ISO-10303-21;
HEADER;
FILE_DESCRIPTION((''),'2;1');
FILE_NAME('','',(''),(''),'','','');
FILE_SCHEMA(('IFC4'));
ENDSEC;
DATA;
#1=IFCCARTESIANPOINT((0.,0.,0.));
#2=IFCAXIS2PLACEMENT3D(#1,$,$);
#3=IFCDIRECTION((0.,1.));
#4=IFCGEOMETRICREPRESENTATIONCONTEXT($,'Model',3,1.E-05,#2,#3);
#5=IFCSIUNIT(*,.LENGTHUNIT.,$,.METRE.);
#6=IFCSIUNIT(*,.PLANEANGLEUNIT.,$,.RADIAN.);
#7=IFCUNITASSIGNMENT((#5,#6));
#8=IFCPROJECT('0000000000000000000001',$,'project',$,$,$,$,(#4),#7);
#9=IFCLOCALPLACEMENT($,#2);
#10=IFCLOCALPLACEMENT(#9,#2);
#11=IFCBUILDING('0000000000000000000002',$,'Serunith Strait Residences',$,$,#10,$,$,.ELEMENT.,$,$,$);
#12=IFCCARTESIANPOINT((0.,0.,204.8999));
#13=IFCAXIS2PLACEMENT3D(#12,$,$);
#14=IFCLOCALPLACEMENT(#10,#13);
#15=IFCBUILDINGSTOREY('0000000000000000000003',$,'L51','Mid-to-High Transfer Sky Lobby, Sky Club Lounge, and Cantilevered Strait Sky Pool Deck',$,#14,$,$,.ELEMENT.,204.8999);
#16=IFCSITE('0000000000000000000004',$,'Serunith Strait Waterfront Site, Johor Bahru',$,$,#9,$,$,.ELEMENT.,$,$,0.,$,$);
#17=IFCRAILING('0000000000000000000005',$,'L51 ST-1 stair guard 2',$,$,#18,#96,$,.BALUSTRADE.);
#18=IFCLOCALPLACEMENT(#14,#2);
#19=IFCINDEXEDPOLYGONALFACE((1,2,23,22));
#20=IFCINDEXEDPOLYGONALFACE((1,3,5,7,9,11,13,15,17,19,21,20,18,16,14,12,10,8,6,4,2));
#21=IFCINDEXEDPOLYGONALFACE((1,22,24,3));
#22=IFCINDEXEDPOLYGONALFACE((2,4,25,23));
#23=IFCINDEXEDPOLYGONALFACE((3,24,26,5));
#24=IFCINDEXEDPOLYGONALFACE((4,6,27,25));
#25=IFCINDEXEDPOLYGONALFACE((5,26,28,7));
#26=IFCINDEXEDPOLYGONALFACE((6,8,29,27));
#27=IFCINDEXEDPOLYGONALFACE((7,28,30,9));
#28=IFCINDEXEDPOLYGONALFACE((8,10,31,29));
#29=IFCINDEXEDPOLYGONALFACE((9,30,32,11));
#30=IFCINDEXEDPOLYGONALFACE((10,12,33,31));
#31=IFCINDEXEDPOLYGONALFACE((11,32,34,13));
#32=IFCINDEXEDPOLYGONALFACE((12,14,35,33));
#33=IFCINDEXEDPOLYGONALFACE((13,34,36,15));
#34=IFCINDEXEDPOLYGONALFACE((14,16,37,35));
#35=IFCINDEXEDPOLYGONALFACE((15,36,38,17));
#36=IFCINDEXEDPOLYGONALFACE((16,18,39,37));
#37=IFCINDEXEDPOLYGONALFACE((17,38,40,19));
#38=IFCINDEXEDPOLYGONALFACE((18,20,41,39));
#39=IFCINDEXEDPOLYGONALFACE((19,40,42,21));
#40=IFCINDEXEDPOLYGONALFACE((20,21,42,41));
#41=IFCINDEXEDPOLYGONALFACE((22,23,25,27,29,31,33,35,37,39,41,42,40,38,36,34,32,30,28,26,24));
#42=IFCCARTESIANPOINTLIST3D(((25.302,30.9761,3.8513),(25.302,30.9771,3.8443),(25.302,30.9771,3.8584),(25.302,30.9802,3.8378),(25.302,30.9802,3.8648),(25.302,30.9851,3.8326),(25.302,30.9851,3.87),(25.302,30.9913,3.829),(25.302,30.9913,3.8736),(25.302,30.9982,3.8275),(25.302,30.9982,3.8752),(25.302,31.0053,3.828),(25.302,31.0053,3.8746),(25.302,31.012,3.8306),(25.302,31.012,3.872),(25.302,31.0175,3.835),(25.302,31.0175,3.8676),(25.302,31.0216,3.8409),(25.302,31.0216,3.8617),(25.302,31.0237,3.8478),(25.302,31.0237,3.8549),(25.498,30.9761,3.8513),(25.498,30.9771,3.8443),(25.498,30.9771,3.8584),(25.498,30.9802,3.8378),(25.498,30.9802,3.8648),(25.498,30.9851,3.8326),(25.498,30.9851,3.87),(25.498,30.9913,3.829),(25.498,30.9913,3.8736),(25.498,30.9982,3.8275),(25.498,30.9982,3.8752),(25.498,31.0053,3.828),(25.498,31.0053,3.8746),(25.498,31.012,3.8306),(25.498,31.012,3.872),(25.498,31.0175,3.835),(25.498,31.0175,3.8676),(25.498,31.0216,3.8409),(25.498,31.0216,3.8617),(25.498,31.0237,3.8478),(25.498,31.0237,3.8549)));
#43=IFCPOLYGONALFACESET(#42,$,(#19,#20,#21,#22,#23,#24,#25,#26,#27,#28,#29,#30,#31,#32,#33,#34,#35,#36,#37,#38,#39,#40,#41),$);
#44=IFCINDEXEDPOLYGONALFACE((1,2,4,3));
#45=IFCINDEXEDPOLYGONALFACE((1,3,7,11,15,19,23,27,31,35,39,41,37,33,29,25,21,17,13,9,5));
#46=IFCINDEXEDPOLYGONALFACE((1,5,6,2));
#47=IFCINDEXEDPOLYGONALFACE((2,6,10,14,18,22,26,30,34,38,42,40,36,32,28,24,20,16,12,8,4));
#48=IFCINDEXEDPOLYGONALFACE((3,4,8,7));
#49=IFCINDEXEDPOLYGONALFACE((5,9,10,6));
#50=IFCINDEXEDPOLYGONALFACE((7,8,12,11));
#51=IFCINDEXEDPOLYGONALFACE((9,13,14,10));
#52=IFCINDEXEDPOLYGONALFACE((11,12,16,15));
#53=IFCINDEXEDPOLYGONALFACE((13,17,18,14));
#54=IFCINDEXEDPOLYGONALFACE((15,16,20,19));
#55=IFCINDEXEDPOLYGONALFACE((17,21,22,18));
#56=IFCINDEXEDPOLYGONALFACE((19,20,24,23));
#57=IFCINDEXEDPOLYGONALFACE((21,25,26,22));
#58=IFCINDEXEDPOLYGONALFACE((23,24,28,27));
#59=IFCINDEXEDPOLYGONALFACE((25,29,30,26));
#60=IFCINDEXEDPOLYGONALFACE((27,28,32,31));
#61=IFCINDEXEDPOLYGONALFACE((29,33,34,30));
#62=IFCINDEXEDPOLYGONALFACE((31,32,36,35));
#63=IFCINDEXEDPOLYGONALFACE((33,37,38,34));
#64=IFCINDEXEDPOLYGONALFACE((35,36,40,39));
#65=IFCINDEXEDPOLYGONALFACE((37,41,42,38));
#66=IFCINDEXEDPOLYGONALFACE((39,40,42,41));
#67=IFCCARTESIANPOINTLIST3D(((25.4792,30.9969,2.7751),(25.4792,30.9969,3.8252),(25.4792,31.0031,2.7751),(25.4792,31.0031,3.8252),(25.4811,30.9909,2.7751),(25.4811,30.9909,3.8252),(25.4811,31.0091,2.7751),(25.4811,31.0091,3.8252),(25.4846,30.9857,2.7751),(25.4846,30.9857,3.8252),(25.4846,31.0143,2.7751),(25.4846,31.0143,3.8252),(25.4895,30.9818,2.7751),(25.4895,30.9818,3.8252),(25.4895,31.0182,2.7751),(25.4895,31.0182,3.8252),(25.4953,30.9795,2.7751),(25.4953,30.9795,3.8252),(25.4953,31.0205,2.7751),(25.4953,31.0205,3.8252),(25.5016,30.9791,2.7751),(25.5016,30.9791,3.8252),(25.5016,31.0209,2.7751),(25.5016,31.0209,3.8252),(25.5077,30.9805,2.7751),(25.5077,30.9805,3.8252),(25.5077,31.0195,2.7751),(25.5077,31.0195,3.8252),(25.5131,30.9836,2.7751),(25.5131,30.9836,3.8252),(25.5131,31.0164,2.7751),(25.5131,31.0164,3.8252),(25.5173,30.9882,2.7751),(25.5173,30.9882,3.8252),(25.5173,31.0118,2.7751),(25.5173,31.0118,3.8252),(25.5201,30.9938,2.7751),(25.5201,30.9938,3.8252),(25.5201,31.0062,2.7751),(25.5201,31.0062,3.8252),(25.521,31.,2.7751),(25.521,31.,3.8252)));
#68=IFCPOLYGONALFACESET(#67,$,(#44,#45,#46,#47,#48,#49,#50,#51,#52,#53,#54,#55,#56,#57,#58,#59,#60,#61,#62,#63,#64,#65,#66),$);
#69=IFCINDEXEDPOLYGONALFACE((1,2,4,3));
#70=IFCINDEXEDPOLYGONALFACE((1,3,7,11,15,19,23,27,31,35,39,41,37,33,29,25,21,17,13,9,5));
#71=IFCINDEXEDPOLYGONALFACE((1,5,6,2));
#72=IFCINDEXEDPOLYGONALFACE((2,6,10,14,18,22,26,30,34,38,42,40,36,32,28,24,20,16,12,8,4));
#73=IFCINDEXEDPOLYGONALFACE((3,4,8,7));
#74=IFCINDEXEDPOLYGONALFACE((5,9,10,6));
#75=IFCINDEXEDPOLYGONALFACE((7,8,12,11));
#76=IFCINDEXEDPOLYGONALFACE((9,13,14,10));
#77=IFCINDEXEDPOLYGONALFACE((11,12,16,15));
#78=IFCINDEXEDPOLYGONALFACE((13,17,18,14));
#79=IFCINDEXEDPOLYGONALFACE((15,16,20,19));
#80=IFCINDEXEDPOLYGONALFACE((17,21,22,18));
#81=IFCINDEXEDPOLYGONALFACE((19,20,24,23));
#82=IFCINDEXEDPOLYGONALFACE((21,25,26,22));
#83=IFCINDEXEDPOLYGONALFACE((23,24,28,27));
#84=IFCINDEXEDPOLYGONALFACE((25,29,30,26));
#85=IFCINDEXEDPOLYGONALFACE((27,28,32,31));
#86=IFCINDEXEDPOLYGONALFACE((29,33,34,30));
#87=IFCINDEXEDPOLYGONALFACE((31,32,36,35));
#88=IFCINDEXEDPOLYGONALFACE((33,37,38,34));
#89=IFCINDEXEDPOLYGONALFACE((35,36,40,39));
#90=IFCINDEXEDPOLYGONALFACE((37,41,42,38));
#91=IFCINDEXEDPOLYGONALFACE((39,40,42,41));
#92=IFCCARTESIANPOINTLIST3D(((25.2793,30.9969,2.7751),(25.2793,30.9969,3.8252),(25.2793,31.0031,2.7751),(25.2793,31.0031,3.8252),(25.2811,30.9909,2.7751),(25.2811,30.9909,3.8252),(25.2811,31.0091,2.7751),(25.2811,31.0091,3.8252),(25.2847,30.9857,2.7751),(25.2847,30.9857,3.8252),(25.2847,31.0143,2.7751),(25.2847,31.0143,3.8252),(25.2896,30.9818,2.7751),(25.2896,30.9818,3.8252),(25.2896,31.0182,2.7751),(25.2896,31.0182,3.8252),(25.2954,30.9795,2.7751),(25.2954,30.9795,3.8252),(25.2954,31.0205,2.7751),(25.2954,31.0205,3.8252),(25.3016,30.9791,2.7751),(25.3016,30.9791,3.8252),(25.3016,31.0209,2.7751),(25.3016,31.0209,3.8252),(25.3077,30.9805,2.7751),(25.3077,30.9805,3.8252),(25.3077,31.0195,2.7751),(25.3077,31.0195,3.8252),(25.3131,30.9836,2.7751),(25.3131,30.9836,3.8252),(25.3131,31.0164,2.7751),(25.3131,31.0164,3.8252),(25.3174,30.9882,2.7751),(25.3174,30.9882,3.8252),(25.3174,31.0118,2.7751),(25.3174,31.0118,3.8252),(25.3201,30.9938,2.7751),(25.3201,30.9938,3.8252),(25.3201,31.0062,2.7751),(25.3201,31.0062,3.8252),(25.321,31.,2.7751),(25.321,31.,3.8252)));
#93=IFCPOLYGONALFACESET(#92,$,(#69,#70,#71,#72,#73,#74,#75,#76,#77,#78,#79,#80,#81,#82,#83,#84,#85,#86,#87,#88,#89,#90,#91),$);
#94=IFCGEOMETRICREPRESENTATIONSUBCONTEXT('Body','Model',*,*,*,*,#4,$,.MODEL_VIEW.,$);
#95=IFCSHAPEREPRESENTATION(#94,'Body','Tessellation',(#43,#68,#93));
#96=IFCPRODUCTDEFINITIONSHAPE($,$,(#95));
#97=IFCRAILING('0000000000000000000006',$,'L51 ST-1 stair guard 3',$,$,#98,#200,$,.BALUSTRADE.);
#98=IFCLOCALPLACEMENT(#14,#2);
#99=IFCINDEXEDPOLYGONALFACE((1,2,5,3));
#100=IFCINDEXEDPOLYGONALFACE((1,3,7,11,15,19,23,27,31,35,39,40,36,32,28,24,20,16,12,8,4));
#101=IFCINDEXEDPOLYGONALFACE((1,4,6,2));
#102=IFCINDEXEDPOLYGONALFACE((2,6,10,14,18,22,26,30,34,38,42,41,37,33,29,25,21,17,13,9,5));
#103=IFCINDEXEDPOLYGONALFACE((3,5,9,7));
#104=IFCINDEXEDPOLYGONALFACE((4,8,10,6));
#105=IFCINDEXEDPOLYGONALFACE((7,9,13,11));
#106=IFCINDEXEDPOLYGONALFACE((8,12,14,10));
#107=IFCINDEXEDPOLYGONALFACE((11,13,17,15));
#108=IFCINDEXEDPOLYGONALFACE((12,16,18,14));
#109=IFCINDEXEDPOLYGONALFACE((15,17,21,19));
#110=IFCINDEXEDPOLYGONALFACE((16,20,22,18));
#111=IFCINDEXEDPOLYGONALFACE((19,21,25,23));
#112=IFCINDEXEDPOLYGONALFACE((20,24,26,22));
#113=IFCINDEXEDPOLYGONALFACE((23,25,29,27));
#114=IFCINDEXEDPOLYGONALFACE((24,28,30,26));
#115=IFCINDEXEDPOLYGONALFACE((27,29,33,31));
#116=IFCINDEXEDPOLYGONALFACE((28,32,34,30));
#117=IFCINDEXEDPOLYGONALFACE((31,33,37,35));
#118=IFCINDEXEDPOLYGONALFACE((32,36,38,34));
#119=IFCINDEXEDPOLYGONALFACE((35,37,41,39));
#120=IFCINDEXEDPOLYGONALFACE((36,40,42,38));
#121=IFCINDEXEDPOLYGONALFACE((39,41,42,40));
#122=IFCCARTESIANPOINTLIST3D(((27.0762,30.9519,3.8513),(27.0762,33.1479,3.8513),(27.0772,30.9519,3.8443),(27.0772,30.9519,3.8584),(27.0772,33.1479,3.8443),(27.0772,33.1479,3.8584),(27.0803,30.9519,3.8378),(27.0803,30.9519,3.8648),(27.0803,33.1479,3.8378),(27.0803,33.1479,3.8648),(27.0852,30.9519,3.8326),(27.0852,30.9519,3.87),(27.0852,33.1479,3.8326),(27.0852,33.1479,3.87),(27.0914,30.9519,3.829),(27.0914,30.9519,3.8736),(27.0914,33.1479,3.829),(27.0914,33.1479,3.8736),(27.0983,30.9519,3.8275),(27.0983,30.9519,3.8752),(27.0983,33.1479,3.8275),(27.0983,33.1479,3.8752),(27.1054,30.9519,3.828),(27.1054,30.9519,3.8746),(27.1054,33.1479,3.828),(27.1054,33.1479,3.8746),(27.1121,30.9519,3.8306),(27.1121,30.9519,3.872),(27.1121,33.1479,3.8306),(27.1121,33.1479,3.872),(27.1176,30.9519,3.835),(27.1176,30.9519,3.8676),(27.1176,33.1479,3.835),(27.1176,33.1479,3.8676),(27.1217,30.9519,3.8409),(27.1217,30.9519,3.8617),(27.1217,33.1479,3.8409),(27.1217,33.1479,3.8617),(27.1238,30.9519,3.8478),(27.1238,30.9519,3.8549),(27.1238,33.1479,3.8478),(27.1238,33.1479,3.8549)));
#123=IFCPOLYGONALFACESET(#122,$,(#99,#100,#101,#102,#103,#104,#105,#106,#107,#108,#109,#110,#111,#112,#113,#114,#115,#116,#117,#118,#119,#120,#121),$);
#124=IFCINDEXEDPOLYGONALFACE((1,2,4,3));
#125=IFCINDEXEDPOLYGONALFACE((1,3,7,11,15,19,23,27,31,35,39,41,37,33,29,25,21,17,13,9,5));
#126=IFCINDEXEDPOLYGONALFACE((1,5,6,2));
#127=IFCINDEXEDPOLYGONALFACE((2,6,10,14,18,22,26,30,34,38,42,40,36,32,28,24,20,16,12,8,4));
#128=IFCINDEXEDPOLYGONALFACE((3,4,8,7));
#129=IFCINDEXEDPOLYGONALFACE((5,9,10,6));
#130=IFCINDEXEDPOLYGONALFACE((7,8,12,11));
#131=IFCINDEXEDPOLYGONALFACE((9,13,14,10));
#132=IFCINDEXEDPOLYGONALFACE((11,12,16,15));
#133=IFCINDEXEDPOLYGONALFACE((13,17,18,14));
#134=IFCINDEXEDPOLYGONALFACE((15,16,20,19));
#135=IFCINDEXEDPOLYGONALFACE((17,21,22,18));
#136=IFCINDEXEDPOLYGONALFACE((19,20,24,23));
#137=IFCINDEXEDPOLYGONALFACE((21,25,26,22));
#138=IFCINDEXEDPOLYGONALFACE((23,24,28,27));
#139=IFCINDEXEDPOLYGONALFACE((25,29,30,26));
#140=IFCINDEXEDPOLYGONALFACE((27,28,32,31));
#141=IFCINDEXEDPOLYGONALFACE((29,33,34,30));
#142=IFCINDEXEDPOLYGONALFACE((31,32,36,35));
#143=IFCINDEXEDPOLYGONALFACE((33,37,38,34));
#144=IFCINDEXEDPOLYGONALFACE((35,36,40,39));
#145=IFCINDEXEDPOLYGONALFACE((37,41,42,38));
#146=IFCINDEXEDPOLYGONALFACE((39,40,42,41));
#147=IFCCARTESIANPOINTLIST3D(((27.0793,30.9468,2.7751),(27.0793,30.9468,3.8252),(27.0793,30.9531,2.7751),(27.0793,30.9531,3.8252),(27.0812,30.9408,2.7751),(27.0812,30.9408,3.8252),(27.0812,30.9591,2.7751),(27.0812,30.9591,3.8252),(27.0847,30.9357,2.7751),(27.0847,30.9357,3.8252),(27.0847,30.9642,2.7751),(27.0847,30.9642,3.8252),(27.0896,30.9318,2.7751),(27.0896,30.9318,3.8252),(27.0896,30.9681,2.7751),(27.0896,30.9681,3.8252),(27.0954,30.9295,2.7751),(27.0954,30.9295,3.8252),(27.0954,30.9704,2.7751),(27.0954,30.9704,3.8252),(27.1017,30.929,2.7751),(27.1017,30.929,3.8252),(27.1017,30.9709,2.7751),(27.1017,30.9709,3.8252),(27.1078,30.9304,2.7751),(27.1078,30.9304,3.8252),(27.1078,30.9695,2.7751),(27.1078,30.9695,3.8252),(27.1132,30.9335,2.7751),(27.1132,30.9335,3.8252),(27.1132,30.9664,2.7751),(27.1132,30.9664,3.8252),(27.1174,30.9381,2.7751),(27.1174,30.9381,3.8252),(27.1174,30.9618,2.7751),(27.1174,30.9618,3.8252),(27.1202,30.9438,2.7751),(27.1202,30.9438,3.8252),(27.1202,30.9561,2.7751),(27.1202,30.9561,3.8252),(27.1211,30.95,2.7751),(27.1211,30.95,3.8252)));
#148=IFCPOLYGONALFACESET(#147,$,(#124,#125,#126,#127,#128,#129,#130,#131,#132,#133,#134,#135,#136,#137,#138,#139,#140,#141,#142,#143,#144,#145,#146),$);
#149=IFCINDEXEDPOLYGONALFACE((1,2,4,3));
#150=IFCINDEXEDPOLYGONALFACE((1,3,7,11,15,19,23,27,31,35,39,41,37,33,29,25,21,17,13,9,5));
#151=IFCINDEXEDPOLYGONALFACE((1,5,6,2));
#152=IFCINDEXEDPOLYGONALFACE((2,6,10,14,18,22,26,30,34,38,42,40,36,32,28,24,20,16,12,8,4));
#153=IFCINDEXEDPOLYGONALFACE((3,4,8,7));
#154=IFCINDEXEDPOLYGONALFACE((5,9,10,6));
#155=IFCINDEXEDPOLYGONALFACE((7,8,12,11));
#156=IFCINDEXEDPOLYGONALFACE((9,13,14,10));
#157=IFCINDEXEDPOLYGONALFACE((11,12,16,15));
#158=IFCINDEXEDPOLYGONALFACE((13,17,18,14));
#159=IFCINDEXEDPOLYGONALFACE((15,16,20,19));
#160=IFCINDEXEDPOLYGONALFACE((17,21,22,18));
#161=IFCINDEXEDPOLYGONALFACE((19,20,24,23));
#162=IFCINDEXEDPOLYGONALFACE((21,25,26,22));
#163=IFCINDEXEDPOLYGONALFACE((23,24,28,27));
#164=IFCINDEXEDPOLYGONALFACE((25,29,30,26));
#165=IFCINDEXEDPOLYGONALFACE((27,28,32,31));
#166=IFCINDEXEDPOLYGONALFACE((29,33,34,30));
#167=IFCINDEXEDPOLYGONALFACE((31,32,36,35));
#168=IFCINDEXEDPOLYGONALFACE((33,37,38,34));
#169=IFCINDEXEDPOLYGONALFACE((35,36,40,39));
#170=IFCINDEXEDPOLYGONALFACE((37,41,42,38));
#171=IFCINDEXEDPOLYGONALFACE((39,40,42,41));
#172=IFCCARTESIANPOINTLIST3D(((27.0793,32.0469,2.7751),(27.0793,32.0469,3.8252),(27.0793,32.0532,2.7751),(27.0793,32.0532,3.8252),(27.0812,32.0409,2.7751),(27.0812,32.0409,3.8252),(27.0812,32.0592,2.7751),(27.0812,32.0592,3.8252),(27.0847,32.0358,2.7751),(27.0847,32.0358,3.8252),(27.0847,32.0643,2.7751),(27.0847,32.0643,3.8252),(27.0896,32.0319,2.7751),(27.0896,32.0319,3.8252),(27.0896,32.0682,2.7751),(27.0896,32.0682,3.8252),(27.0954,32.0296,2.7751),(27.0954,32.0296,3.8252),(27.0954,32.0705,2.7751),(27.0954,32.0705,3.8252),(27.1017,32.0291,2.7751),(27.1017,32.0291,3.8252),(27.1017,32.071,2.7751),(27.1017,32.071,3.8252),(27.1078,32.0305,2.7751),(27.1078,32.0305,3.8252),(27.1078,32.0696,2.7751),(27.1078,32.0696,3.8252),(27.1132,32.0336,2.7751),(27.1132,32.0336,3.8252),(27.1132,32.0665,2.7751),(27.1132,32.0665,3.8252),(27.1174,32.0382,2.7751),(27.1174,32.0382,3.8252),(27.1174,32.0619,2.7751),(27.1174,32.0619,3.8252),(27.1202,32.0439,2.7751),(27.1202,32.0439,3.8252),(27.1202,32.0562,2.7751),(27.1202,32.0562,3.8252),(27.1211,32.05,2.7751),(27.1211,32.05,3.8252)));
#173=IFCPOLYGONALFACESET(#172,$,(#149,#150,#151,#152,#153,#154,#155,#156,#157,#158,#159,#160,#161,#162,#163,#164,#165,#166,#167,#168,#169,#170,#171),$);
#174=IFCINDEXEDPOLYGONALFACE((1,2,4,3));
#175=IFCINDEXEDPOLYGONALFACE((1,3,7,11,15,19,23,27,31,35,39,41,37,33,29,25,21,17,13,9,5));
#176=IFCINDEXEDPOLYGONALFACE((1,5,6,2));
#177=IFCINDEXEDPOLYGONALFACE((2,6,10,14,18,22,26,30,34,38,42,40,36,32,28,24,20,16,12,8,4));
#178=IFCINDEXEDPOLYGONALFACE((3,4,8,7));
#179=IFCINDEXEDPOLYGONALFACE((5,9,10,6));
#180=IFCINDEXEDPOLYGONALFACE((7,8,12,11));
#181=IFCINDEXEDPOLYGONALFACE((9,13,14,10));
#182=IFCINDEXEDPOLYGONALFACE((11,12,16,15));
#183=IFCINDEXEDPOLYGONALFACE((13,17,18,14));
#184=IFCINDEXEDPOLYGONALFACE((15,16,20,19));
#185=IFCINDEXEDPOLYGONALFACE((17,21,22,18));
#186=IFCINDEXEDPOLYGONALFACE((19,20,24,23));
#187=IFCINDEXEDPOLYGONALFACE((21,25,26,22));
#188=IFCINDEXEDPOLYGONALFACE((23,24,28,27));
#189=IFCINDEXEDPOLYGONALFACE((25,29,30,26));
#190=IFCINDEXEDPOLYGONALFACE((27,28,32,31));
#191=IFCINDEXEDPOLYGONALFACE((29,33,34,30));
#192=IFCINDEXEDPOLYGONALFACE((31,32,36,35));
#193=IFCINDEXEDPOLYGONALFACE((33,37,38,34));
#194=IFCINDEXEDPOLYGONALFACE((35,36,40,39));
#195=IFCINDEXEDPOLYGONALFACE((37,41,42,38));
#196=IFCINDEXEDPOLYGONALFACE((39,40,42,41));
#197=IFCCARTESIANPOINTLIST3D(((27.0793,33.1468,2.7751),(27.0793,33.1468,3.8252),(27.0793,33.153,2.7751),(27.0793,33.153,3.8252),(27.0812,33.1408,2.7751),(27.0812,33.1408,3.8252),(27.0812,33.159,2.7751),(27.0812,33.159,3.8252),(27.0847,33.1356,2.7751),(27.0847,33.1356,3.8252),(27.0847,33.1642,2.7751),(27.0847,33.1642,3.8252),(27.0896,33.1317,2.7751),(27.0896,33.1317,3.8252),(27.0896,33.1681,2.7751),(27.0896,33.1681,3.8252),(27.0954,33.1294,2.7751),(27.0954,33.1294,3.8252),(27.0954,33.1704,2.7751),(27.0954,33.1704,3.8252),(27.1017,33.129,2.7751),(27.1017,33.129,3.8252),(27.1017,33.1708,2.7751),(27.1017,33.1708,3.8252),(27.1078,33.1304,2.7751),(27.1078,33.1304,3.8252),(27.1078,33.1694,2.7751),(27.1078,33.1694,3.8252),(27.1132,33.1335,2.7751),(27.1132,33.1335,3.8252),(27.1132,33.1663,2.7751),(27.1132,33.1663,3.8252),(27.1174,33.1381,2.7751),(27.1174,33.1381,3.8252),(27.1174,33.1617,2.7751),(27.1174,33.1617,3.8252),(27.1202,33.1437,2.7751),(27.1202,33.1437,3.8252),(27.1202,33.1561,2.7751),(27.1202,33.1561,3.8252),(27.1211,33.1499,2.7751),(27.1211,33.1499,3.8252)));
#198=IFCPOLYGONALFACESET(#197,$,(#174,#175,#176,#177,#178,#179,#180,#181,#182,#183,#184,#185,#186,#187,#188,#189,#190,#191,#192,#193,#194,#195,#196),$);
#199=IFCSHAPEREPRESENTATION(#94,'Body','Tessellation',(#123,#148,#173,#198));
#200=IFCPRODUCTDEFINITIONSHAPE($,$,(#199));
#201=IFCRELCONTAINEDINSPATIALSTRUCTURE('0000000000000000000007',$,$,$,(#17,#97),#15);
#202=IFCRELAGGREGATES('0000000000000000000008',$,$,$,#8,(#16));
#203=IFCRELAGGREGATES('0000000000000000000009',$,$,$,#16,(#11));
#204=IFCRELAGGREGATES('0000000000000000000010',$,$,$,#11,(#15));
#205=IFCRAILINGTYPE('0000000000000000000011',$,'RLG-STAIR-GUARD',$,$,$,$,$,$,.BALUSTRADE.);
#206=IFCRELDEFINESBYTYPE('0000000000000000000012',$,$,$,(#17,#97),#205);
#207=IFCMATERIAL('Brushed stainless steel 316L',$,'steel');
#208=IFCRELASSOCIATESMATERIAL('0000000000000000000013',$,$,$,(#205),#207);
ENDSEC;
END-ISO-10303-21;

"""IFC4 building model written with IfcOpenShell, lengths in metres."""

from ifc_helpers import new_model, si_unit, direction, frame, origin, origin_2d, place, context, subcontext, project, spatial, circle, extrude, material, type_object, element, save


model = new_model("IFC4")

# Units and contexts
model_context = context("Model", 3, precision=1e-05, world=origin(), true_north=direction((0.0, 1.0)))
body_context = subcontext(model_context, "Body", "Model", "MODEL_VIEW")
ifc_project = project(units=[si_unit("LENGTHUNIT", "METRE"), si_unit("PLANEANGLEUNIT", "RADIAN")], contexts=[model_context])

# Site, building, storey
site_placement = place(None, origin())
site = spatial("IfcSite", under=ifc_project, at=site_placement, Name="Serunith Strait Waterfront Site, Johor Bahru", CompositionType="ELEMENT", RefElevation=0.0)
building_placement = place(site_placement, origin())
building = spatial("IfcBuilding", under=site, at=building_placement, Name="Serunith Strait Residences", CompositionType="ELEMENT")
storey_placement = place(building_placement, frame((0.0, 0.0, 204.8999)))
storey = spatial("IfcBuildingStorey", under=building, at=storey_placement, Name="L51", Description="Mid-to-High Transfer Sky Lobby, Sky Club Lounge, and Cantilevered Strait Sky Pool Deck", CompositionType="ELEMENT", Elevation=204.8999)

# Railings
ifc_material_1 = material(Name="Brushed stainless steel 316L", Category="steel")
railing_type_1 = type_object("IfcRailingType", Name="RLG-STAIR-GUARD", PredefinedType="BALUSTRADE", material=ifc_material_1)
railing_1_placement = place(storey_placement, frame((25.5, 31.0, 2.7751)))
element("IfcRailing", 1, at=railing_1_placement, inside=storey, type_object=railing_type_1, Name="L51 ST-1 stair guard 2", PredefinedType="BALUSTRADE", context=body_context, shape_type="SweptSolid", body=[
    extrude(circle(Radius=0.0239, at=origin_2d()), frame((-0.002, 0.0, 1.0762), z_axis=(-1.0, 0.0, 0.0), x_axis=(0.0, -1.0, 0.0)), (0.0, 0.0, 1.0), 0.196),
    extrude(circle(Radius=0.021, at=origin_2d()), origin(), (0.0, 0.0, 1.0), 1.05),
    extrude(circle(Radius=0.021, at=origin_2d()), frame((-0.2, 0.0, 0.0)), (0.0, 0.0, 1.0), 1.05),
])
for number, where, name in (
    (2, (27.1001, 30.95, 2.7751), "L51 ST-1 stair guard 3"),
):
    element("IfcRailing", number, at=place(storey_placement, frame(where)), inside=storey, type_object=railing_type_1, Name=name, PredefinedType="BALUSTRADE", context=body_context, shape_type="SweptSolid", body=[
        extrude(circle(Radius=0.0239, at=origin_2d()), frame((0.0, 0.002, 1.0762), z_axis=(0.0, 1.0, 0.0), x_axis=(-1.0, 0.0, 0.0)), (0.0, 0.0, 1.0), 2.196),
        extrude(circle(Radius=0.021, at=origin_2d()), origin(), (0.0, 0.0, 1.0), 1.05),
        extrude(circle(Radius=0.021, at=origin_2d()), frame((0.0, 1.1001, 0.0)), (0.0, 0.0, 1.0), 1.05),
        extrude(circle(Radius=0.021, at=origin_2d()), frame((0.0, 2.2, 0.0)), (0.0, 0.0, 1.0), 1.05),
    ])

save(model, "model.ifc")
